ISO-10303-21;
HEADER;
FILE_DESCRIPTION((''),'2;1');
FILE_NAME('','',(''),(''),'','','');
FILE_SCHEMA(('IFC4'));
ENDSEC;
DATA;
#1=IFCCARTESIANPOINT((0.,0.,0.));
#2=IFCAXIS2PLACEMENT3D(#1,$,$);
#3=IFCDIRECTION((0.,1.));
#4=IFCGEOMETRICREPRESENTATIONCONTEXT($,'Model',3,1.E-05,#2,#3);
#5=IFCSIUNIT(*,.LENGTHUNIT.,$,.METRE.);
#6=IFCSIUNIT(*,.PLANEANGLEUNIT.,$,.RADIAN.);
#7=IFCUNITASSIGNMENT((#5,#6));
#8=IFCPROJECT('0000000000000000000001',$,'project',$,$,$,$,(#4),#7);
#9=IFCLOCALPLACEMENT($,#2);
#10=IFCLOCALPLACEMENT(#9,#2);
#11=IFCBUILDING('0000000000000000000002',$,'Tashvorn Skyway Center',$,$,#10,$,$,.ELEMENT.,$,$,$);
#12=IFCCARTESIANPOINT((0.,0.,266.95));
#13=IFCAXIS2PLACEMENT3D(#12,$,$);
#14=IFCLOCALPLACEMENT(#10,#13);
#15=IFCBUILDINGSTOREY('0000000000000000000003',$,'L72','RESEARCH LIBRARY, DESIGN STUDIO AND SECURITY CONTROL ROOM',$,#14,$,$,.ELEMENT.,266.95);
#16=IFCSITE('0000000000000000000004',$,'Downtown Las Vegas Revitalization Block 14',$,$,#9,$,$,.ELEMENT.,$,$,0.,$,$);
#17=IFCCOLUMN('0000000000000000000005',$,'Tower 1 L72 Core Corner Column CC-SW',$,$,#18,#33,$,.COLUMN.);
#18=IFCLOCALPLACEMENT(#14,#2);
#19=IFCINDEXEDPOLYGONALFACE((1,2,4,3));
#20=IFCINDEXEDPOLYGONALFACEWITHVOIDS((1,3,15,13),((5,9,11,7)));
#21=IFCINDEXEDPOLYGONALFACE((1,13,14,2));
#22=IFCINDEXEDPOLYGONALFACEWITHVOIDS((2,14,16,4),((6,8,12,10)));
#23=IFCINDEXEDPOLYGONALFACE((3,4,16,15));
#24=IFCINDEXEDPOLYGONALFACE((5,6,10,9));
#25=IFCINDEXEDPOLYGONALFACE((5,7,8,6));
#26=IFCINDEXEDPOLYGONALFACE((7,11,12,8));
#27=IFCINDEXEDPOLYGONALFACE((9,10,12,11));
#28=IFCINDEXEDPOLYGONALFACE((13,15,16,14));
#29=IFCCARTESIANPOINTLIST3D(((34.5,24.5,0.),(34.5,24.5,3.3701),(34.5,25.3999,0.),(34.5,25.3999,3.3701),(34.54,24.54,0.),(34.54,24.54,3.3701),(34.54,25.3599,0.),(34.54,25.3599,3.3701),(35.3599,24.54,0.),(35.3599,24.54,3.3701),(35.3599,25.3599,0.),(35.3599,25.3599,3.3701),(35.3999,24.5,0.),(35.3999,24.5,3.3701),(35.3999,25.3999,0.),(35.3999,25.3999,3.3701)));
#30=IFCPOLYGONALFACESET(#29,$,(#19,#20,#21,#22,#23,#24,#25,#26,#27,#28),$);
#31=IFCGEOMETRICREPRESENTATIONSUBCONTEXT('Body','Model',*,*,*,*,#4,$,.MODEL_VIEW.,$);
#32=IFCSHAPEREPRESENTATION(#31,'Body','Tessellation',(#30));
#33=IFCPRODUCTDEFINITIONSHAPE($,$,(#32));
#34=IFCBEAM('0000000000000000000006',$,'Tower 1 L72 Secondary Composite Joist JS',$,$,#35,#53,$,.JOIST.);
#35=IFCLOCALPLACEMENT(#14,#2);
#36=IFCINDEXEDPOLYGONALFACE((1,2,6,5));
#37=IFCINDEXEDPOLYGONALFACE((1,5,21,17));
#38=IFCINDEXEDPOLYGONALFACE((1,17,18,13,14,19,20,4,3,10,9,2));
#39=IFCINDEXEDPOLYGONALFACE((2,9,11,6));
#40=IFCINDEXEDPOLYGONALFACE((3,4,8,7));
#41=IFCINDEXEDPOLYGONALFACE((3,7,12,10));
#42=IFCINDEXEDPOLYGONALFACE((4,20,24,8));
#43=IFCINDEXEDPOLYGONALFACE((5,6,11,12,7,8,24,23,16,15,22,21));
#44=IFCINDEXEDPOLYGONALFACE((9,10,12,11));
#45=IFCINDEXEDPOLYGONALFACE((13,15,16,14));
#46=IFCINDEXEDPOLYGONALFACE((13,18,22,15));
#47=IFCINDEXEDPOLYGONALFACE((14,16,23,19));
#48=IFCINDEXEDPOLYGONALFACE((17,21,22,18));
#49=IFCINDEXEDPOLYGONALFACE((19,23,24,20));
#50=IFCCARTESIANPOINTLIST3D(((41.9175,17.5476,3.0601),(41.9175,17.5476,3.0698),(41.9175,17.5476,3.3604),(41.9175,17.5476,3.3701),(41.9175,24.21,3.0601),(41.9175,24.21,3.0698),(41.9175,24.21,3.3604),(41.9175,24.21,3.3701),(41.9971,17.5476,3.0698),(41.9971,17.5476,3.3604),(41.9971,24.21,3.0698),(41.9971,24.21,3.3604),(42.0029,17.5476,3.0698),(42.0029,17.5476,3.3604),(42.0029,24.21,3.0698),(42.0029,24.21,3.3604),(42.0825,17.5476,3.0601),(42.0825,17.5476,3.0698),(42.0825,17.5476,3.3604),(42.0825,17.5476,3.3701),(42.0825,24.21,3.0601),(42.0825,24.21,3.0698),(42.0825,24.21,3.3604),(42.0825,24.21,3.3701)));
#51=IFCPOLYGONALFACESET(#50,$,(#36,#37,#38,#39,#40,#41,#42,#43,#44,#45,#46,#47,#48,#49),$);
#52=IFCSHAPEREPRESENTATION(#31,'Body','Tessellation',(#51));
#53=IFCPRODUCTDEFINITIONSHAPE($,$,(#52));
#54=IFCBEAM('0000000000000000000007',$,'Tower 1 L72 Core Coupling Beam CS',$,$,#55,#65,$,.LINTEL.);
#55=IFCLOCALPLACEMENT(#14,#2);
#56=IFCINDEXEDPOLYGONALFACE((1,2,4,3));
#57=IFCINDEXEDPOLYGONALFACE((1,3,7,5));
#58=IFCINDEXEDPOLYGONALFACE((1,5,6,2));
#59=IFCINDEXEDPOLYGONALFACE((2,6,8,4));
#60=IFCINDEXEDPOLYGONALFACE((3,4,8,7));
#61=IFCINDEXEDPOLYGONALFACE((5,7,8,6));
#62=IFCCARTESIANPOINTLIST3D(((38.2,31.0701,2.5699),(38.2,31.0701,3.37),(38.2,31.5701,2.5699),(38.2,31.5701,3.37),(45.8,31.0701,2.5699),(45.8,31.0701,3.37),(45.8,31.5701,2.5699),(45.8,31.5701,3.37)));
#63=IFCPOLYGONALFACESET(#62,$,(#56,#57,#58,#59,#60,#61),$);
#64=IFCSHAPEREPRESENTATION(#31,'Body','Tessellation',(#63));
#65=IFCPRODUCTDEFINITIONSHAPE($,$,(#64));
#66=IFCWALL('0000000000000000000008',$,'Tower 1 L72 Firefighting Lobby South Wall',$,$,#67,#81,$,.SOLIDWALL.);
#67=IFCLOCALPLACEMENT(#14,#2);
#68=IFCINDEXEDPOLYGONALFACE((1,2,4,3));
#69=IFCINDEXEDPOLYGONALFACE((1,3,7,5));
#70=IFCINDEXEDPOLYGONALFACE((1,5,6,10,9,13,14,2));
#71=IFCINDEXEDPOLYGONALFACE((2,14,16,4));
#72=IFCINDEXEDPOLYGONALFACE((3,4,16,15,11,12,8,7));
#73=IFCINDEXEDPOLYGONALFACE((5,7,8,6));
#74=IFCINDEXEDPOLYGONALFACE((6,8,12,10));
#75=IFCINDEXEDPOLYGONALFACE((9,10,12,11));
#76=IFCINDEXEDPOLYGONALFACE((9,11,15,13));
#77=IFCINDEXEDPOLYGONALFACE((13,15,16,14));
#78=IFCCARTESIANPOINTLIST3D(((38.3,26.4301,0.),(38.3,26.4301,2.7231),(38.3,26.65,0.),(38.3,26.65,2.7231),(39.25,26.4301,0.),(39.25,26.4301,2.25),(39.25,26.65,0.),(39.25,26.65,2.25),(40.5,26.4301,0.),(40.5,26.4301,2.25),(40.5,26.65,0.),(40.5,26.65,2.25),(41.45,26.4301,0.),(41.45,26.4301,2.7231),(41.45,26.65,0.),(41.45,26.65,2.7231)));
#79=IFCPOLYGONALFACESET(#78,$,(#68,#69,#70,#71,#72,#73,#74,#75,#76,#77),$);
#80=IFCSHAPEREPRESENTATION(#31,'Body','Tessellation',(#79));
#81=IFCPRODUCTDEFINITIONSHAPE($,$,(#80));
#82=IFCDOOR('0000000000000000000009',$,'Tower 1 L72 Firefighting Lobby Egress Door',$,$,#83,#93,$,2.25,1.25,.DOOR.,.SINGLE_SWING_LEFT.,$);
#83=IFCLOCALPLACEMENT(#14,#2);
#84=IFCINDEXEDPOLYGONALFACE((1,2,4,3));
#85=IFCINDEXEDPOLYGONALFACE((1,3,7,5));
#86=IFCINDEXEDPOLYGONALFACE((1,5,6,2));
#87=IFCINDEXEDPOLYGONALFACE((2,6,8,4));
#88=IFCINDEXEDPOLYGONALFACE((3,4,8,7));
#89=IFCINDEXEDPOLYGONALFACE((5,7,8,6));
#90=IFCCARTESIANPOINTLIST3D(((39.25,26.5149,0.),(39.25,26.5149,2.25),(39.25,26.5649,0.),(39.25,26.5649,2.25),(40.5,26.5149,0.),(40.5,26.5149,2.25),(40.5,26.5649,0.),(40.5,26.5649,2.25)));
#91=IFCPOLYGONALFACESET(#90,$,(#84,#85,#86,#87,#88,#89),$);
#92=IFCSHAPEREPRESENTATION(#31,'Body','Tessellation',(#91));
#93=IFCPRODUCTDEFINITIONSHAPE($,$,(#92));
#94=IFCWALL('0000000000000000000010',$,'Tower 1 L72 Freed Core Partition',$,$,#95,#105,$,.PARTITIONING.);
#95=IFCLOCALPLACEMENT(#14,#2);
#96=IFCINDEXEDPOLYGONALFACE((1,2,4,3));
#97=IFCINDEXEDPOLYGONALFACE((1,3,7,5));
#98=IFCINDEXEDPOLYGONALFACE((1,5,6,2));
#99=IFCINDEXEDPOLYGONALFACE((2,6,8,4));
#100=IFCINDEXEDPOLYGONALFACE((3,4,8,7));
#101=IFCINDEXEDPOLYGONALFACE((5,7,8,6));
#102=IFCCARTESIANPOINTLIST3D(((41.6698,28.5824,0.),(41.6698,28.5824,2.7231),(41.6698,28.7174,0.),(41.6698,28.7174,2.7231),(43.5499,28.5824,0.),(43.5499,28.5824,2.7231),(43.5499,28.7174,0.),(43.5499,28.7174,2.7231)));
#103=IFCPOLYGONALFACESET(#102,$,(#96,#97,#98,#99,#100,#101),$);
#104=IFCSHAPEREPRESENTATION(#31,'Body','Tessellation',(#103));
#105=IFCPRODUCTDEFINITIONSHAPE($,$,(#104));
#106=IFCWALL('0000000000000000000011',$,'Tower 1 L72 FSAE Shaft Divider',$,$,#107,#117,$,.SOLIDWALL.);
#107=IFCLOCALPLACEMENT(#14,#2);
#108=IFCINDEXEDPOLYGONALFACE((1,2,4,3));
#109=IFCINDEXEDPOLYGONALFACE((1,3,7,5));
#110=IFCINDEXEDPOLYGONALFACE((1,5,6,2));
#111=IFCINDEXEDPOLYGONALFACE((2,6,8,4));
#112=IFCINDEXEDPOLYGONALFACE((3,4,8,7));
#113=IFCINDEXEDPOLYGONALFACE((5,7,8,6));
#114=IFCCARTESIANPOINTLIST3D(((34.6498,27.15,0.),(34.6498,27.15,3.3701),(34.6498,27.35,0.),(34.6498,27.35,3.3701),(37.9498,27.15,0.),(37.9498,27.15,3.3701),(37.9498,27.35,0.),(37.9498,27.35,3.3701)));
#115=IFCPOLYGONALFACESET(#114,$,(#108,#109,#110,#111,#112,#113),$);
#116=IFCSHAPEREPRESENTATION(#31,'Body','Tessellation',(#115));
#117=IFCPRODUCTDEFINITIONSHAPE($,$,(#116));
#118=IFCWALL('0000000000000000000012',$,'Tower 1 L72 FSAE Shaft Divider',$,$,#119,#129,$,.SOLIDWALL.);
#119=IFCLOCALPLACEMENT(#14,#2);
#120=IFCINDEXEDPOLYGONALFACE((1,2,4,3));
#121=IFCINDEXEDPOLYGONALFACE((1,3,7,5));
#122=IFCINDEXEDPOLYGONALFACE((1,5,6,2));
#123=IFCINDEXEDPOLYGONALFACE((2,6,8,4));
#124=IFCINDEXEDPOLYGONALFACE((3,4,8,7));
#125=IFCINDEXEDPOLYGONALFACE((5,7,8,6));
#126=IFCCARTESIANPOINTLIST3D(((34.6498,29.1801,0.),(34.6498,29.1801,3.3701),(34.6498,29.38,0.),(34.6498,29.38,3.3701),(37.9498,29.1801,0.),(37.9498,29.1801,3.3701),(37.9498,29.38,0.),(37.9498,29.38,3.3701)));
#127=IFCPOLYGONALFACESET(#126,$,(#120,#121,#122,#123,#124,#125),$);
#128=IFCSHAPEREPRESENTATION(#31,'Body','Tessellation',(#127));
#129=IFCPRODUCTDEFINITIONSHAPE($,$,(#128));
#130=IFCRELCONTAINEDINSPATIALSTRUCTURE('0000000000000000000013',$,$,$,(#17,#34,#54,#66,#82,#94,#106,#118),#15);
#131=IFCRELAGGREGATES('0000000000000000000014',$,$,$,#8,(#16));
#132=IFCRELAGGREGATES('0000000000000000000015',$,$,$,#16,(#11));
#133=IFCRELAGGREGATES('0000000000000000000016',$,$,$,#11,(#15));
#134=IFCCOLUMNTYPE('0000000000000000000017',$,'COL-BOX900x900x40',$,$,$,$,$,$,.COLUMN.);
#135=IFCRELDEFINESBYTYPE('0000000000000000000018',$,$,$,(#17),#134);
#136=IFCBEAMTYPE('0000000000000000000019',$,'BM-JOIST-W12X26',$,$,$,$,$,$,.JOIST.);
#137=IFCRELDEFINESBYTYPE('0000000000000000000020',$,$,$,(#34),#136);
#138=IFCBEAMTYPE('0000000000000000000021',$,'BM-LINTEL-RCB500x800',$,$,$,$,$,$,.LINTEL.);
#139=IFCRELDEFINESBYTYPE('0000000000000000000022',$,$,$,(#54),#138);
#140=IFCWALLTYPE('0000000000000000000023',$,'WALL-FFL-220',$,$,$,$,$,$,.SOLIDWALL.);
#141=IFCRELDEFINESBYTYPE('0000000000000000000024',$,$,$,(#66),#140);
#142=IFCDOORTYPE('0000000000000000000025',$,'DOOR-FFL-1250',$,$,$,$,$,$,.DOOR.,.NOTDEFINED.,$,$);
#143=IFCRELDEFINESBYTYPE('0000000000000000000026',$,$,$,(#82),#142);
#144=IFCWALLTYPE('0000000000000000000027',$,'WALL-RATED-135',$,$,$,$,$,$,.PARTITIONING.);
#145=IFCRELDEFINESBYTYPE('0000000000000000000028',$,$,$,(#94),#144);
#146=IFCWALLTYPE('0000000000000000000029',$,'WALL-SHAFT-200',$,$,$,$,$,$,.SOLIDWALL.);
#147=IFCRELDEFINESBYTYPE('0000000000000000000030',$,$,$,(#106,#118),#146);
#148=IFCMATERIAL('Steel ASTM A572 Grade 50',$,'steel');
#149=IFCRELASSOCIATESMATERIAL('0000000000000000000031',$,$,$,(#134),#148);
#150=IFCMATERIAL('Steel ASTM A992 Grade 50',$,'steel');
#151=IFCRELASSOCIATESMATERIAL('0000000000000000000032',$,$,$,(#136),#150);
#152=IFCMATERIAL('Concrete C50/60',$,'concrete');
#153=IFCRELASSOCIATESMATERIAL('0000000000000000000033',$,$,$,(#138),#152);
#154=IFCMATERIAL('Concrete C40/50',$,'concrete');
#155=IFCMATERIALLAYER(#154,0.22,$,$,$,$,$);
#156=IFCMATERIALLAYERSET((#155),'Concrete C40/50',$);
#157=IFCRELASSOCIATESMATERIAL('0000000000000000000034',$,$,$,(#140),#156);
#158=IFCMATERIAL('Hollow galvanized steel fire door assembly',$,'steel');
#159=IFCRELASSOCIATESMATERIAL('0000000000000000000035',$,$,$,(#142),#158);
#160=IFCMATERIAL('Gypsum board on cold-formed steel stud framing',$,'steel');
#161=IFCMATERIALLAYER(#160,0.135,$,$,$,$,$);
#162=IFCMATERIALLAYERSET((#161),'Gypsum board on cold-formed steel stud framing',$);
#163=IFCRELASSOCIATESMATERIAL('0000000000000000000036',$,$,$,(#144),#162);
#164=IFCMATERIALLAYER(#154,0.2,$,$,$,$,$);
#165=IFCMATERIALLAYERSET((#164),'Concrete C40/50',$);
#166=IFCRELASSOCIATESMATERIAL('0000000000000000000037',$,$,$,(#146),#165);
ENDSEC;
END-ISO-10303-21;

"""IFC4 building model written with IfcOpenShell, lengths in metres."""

from ifc_helpers import new_model, si_unit, direction, frame, frame_2d, origin, origin_2d, place, context, subcontext, project, spatial, rectangle, hollow_rectangle, i_section, extrude, material, layer, layer_set, material_profile, profile_set, type_object, element, fill, save


model = new_model("IFC4")

# Units and contexts
model_context = context("Model", 3, precision=1e-05, world=origin(), true_north=direction((0.0, 1.0)))
body_context = subcontext(model_context, "Body", "Model", "MODEL_VIEW")
ifc_project = project(units=[si_unit("LENGTHUNIT", "METRE"), si_unit("PLANEANGLEUNIT", "RADIAN")], contexts=[model_context])

# Site, building, storey
site_placement = place(None, origin())
site = spatial("IfcSite", under=ifc_project, at=site_placement, Name="Downtown Las Vegas Revitalization Block 14", CompositionType="ELEMENT", RefElevation=0.0)
building_placement = place(site_placement, origin())
building = spatial("IfcBuilding", under=site, at=building_placement, Name="Tashvorn Skyway Center", CompositionType="ELEMENT")
storey_placement = place(building_placement, frame((0.0, 0.0, 266.95)))
storey = spatial("IfcBuildingStorey", under=building, at=storey_placement, Name="L72", Description="RESEARCH LIBRARY, DESIGN STUDIO AND SECURITY CONTROL ROOM", CompositionType="ELEMENT", Elevation=266.95)

# Column
ifc_material_1 = material(Name="Steel ASTM A572 Grade 50", Category="steel")
ifc_material_profile_1 = material_profile(ifc_material_1, hollow_rectangle(XDim=0.8999, YDim=0.8999, WallThickness=0.04, at=origin_2d()), Name="BOX900x900x40")
ifc_profile_set_1 = profile_set([ifc_material_profile_1], Name="Steel ASTM A572 Grade 50")
column_type = type_object("IfcColumnType", Name="COL-BOX900x900x40", PredefinedType="COLUMN", material=ifc_profile_set_1)
column_placement = place(storey_placement, frame((34.95, 24.95, 0.0), z_axis=(0.0, 0.0, 1.0), x_axis=(1.0, 0.0, 0.0)))
element("IfcColumn", 1, at=column_placement, inside=storey, type_object=column_type, Name="Tower 1 L72 Core Corner Column CC-SW", PredefinedType="COLUMN", context=body_context, shape_type="SweptSolid", body=[
    extrude(hollow_rectangle(XDim=0.8999, YDim=0.8999, WallThickness=0.04, at=origin_2d()), origin(), (0.0, 0.0, 1.0), 3.3701),
])

# Beams
ifc_material_2 = material(Name="Steel ASTM A992 Grade 50", Category="steel")
ifc_material_profile_2 = material_profile(ifc_material_2, i_section(OverallWidth=0.165, OverallDepth=0.3101, WebThickness=0.0059, FlangeThickness=0.0098, at=origin_2d()), Name="W12X26")
ifc_profile_set_2 = profile_set([ifc_material_profile_2], Name="Steel ASTM A992 Grade 50")
beam_type_1 = type_object("IfcBeamType", Name="BM-JOIST-W12X26", PredefinedType="JOIST", material=ifc_profile_set_2)
beam_1_placement = place(storey_placement, frame((42.0, 24.21, 3.2151), z_axis=(0.0, -1.0, 0.0), x_axis=(1.0, 0.0, 0.0)))
element("IfcBeam", 2, at=beam_1_placement, inside=storey, type_object=beam_type_1, Name="Tower 1 L72 Secondary Composite Joist JS", PredefinedType="JOIST", context=body_context, shape_type="SweptSolid", body=[
    extrude(i_section(OverallWidth=0.165, OverallDepth=0.3101, WebThickness=0.0059, FlangeThickness=0.0098, at=origin_2d()), origin(), (0.0, 0.0, 1.0), 6.6624),
])
ifc_material_3 = material(Name="Concrete C50/60", Category="concrete")
ifc_material_profile_3 = material_profile(ifc_material_3, rectangle(XDim=0.5, YDim=0.8, at=origin_2d()), Name="RCB500x800")
ifc_profile_set_3 = profile_set([ifc_material_profile_3], Name="Concrete C50/60")
beam_type_2 = type_object("IfcBeamType", Name="BM-LINTEL-RCB500x800", PredefinedType="LINTEL", material=ifc_profile_set_3)
beam_2_placement = place(storey_placement, frame((38.2, 31.3201, 2.97), z_axis=(1.0, 0.0, 0.0), x_axis=(0.0, 1.0, 0.0)))
element("IfcBeam", 3, at=beam_2_placement, inside=storey, type_object=beam_type_2, Name="Tower 1 L72 Core Coupling Beam CS", PredefinedType="LINTEL", context=body_context, shape_type="SweptSolid", body=[
    extrude(rectangle(XDim=0.5, YDim=0.8, at=origin_2d()), origin(), (0.0, 0.0, 1.0), 7.6001),
])

# Wall, opening, door
ifc_material_4 = material(Name="Concrete C40/50", Category="concrete")
ifc_layer_1 = layer(ifc_material_4, 0.22)
ifc_layer_set_1 = layer_set([ifc_layer_1], Name="Concrete C40/50")
wall_type_1 = type_object("IfcWallType", Name="WALL-FFL-220", PredefinedType="SOLIDWALL", material=ifc_layer_set_1)
wall_1_placement = place(storey_placement, frame((38.3, 26.54, 0.0), z_axis=(0.0, 0.0, 1.0), x_axis=(1.0, 0.0, 0.0)))
wall_1 = element("IfcWall", 4, at=wall_1_placement, inside=storey, type_object=wall_type_1, Name="Tower 1 L72 Firefighting Lobby South Wall", PredefinedType="SOLIDWALL", context=body_context, shape_type="SweptSolid", body=[
    extrude(rectangle(XDim=3.1499, YDim=0.22, at=frame_2d((1.575, 0.0))), origin(), (0.0, 0.0, 1.0), 2.7231),
])
opening_1_placement = place(wall_1_placement, frame((0.95, 0.0, 0.0)))
opening_1 = element("IfcOpeningElement", 5, at=opening_1_placement, cuts=wall_1, PredefinedType="OPENING", context=body_context, shape_type="SweptSolid", body=[
    extrude(rectangle(XDim=1.25, YDim=2.25, at=frame_2d((0.625, 1.125))), frame((0.0, 0.1199, 0.0), z_axis=(0.0, -1.0, 0.0), x_axis=(1.0, 0.0, 0.0)), (0.0, 0.0, 1.0), 0.24),
])
ifc_material_5 = material(Name="Hollow galvanized steel fire door assembly", Category="steel")
door_type_1 = type_object("IfcDoorType", Name="DOOR-FFL-1250", OperationType="NOTDEFINED", PredefinedType="DOOR", material=ifc_material_5)
door_1_placement = place(opening_1_placement, origin())
door_1 = element("IfcDoor", 6, at=door_1_placement, inside=storey, type_object=door_type_1, Name="Tower 1 L72 Firefighting Lobby Egress Door", OperationType="SINGLE_SWING_LEFT", OverallHeight=2.25, OverallWidth=1.25, PredefinedType="DOOR", context=body_context, shape_type="SweptSolid", body=[
    extrude(rectangle(XDim=1.25, YDim=2.25, at=frame_2d((0.625, 1.125))), frame((0.0, 0.0249, 0.0), z_axis=(0.0, -1.0, 0.0), x_axis=(1.0, 0.0, 0.0)), (0.0, 0.0, 1.0), 0.05),
])
fill(opening_1, door_1)

# Walls
ifc_material_6 = material(Name="Gypsum board on cold-formed steel stud framing", Category="steel")
ifc_layer_2 = layer(ifc_material_6, 0.135)
ifc_layer_set_2 = layer_set([ifc_layer_2], Name="Gypsum board on cold-formed steel stud framing")
wall_type_2 = type_object("IfcWallType", Name="WALL-RATED-135", PredefinedType="PARTITIONING", material=ifc_layer_set_2)
wall_2_placement = place(storey_placement, frame((41.6699, 28.6499, 0.0), z_axis=(0.0, 0.0, 1.0), x_axis=(1.0, 0.0, 0.0)))
element("IfcWall", 7, at=wall_2_placement, inside=storey, type_object=wall_type_2, Name="Tower 1 L72 Freed Core Partition", PredefinedType="PARTITIONING", context=body_context, shape_type="SweptSolid", body=[
    extrude(rectangle(XDim=1.8801, YDim=0.135, at=frame_2d((0.9399, 0.0))), origin(), (0.0, 0.0, 1.0), 2.7231),
])
ifc_layer_3 = layer(ifc_material_4, 0.2)
ifc_layer_set_3 = layer_set([ifc_layer_3], Name="Concrete C40/50")
wall_type_3 = type_object("IfcWallType", Name="WALL-SHAFT-200", PredefinedType="SOLIDWALL", material=ifc_layer_set_3)
for number, where, z_axis, x_axis, name in (
    (8, (34.6499, 27.25, 0.0), (0.0, 0.0, 1.0), (1.0, 0.0, 0.0), "Tower 1 L72 FSAE Shaft Divider"),
    (9, (34.6499, 29.28, 0.0), (0.0, 0.0, 1.0), (1.0, 0.0, 0.0), "Tower 1 L72 FSAE Shaft Divider"),
):
    element("IfcWall", number, at=place(storey_placement, frame(where, z_axis=z_axis, x_axis=x_axis)), inside=storey, type_object=wall_type_3, Name=name, PredefinedType="SOLIDWALL", context=body_context, shape_type="SweptSolid", body=[
        extrude(rectangle(XDim=3.3, YDim=0.2, at=frame_2d((1.6499, 0.0))), origin(), (0.0, 0.0, 1.0), 3.3701),
    ])

save(model, "model.ifc")
